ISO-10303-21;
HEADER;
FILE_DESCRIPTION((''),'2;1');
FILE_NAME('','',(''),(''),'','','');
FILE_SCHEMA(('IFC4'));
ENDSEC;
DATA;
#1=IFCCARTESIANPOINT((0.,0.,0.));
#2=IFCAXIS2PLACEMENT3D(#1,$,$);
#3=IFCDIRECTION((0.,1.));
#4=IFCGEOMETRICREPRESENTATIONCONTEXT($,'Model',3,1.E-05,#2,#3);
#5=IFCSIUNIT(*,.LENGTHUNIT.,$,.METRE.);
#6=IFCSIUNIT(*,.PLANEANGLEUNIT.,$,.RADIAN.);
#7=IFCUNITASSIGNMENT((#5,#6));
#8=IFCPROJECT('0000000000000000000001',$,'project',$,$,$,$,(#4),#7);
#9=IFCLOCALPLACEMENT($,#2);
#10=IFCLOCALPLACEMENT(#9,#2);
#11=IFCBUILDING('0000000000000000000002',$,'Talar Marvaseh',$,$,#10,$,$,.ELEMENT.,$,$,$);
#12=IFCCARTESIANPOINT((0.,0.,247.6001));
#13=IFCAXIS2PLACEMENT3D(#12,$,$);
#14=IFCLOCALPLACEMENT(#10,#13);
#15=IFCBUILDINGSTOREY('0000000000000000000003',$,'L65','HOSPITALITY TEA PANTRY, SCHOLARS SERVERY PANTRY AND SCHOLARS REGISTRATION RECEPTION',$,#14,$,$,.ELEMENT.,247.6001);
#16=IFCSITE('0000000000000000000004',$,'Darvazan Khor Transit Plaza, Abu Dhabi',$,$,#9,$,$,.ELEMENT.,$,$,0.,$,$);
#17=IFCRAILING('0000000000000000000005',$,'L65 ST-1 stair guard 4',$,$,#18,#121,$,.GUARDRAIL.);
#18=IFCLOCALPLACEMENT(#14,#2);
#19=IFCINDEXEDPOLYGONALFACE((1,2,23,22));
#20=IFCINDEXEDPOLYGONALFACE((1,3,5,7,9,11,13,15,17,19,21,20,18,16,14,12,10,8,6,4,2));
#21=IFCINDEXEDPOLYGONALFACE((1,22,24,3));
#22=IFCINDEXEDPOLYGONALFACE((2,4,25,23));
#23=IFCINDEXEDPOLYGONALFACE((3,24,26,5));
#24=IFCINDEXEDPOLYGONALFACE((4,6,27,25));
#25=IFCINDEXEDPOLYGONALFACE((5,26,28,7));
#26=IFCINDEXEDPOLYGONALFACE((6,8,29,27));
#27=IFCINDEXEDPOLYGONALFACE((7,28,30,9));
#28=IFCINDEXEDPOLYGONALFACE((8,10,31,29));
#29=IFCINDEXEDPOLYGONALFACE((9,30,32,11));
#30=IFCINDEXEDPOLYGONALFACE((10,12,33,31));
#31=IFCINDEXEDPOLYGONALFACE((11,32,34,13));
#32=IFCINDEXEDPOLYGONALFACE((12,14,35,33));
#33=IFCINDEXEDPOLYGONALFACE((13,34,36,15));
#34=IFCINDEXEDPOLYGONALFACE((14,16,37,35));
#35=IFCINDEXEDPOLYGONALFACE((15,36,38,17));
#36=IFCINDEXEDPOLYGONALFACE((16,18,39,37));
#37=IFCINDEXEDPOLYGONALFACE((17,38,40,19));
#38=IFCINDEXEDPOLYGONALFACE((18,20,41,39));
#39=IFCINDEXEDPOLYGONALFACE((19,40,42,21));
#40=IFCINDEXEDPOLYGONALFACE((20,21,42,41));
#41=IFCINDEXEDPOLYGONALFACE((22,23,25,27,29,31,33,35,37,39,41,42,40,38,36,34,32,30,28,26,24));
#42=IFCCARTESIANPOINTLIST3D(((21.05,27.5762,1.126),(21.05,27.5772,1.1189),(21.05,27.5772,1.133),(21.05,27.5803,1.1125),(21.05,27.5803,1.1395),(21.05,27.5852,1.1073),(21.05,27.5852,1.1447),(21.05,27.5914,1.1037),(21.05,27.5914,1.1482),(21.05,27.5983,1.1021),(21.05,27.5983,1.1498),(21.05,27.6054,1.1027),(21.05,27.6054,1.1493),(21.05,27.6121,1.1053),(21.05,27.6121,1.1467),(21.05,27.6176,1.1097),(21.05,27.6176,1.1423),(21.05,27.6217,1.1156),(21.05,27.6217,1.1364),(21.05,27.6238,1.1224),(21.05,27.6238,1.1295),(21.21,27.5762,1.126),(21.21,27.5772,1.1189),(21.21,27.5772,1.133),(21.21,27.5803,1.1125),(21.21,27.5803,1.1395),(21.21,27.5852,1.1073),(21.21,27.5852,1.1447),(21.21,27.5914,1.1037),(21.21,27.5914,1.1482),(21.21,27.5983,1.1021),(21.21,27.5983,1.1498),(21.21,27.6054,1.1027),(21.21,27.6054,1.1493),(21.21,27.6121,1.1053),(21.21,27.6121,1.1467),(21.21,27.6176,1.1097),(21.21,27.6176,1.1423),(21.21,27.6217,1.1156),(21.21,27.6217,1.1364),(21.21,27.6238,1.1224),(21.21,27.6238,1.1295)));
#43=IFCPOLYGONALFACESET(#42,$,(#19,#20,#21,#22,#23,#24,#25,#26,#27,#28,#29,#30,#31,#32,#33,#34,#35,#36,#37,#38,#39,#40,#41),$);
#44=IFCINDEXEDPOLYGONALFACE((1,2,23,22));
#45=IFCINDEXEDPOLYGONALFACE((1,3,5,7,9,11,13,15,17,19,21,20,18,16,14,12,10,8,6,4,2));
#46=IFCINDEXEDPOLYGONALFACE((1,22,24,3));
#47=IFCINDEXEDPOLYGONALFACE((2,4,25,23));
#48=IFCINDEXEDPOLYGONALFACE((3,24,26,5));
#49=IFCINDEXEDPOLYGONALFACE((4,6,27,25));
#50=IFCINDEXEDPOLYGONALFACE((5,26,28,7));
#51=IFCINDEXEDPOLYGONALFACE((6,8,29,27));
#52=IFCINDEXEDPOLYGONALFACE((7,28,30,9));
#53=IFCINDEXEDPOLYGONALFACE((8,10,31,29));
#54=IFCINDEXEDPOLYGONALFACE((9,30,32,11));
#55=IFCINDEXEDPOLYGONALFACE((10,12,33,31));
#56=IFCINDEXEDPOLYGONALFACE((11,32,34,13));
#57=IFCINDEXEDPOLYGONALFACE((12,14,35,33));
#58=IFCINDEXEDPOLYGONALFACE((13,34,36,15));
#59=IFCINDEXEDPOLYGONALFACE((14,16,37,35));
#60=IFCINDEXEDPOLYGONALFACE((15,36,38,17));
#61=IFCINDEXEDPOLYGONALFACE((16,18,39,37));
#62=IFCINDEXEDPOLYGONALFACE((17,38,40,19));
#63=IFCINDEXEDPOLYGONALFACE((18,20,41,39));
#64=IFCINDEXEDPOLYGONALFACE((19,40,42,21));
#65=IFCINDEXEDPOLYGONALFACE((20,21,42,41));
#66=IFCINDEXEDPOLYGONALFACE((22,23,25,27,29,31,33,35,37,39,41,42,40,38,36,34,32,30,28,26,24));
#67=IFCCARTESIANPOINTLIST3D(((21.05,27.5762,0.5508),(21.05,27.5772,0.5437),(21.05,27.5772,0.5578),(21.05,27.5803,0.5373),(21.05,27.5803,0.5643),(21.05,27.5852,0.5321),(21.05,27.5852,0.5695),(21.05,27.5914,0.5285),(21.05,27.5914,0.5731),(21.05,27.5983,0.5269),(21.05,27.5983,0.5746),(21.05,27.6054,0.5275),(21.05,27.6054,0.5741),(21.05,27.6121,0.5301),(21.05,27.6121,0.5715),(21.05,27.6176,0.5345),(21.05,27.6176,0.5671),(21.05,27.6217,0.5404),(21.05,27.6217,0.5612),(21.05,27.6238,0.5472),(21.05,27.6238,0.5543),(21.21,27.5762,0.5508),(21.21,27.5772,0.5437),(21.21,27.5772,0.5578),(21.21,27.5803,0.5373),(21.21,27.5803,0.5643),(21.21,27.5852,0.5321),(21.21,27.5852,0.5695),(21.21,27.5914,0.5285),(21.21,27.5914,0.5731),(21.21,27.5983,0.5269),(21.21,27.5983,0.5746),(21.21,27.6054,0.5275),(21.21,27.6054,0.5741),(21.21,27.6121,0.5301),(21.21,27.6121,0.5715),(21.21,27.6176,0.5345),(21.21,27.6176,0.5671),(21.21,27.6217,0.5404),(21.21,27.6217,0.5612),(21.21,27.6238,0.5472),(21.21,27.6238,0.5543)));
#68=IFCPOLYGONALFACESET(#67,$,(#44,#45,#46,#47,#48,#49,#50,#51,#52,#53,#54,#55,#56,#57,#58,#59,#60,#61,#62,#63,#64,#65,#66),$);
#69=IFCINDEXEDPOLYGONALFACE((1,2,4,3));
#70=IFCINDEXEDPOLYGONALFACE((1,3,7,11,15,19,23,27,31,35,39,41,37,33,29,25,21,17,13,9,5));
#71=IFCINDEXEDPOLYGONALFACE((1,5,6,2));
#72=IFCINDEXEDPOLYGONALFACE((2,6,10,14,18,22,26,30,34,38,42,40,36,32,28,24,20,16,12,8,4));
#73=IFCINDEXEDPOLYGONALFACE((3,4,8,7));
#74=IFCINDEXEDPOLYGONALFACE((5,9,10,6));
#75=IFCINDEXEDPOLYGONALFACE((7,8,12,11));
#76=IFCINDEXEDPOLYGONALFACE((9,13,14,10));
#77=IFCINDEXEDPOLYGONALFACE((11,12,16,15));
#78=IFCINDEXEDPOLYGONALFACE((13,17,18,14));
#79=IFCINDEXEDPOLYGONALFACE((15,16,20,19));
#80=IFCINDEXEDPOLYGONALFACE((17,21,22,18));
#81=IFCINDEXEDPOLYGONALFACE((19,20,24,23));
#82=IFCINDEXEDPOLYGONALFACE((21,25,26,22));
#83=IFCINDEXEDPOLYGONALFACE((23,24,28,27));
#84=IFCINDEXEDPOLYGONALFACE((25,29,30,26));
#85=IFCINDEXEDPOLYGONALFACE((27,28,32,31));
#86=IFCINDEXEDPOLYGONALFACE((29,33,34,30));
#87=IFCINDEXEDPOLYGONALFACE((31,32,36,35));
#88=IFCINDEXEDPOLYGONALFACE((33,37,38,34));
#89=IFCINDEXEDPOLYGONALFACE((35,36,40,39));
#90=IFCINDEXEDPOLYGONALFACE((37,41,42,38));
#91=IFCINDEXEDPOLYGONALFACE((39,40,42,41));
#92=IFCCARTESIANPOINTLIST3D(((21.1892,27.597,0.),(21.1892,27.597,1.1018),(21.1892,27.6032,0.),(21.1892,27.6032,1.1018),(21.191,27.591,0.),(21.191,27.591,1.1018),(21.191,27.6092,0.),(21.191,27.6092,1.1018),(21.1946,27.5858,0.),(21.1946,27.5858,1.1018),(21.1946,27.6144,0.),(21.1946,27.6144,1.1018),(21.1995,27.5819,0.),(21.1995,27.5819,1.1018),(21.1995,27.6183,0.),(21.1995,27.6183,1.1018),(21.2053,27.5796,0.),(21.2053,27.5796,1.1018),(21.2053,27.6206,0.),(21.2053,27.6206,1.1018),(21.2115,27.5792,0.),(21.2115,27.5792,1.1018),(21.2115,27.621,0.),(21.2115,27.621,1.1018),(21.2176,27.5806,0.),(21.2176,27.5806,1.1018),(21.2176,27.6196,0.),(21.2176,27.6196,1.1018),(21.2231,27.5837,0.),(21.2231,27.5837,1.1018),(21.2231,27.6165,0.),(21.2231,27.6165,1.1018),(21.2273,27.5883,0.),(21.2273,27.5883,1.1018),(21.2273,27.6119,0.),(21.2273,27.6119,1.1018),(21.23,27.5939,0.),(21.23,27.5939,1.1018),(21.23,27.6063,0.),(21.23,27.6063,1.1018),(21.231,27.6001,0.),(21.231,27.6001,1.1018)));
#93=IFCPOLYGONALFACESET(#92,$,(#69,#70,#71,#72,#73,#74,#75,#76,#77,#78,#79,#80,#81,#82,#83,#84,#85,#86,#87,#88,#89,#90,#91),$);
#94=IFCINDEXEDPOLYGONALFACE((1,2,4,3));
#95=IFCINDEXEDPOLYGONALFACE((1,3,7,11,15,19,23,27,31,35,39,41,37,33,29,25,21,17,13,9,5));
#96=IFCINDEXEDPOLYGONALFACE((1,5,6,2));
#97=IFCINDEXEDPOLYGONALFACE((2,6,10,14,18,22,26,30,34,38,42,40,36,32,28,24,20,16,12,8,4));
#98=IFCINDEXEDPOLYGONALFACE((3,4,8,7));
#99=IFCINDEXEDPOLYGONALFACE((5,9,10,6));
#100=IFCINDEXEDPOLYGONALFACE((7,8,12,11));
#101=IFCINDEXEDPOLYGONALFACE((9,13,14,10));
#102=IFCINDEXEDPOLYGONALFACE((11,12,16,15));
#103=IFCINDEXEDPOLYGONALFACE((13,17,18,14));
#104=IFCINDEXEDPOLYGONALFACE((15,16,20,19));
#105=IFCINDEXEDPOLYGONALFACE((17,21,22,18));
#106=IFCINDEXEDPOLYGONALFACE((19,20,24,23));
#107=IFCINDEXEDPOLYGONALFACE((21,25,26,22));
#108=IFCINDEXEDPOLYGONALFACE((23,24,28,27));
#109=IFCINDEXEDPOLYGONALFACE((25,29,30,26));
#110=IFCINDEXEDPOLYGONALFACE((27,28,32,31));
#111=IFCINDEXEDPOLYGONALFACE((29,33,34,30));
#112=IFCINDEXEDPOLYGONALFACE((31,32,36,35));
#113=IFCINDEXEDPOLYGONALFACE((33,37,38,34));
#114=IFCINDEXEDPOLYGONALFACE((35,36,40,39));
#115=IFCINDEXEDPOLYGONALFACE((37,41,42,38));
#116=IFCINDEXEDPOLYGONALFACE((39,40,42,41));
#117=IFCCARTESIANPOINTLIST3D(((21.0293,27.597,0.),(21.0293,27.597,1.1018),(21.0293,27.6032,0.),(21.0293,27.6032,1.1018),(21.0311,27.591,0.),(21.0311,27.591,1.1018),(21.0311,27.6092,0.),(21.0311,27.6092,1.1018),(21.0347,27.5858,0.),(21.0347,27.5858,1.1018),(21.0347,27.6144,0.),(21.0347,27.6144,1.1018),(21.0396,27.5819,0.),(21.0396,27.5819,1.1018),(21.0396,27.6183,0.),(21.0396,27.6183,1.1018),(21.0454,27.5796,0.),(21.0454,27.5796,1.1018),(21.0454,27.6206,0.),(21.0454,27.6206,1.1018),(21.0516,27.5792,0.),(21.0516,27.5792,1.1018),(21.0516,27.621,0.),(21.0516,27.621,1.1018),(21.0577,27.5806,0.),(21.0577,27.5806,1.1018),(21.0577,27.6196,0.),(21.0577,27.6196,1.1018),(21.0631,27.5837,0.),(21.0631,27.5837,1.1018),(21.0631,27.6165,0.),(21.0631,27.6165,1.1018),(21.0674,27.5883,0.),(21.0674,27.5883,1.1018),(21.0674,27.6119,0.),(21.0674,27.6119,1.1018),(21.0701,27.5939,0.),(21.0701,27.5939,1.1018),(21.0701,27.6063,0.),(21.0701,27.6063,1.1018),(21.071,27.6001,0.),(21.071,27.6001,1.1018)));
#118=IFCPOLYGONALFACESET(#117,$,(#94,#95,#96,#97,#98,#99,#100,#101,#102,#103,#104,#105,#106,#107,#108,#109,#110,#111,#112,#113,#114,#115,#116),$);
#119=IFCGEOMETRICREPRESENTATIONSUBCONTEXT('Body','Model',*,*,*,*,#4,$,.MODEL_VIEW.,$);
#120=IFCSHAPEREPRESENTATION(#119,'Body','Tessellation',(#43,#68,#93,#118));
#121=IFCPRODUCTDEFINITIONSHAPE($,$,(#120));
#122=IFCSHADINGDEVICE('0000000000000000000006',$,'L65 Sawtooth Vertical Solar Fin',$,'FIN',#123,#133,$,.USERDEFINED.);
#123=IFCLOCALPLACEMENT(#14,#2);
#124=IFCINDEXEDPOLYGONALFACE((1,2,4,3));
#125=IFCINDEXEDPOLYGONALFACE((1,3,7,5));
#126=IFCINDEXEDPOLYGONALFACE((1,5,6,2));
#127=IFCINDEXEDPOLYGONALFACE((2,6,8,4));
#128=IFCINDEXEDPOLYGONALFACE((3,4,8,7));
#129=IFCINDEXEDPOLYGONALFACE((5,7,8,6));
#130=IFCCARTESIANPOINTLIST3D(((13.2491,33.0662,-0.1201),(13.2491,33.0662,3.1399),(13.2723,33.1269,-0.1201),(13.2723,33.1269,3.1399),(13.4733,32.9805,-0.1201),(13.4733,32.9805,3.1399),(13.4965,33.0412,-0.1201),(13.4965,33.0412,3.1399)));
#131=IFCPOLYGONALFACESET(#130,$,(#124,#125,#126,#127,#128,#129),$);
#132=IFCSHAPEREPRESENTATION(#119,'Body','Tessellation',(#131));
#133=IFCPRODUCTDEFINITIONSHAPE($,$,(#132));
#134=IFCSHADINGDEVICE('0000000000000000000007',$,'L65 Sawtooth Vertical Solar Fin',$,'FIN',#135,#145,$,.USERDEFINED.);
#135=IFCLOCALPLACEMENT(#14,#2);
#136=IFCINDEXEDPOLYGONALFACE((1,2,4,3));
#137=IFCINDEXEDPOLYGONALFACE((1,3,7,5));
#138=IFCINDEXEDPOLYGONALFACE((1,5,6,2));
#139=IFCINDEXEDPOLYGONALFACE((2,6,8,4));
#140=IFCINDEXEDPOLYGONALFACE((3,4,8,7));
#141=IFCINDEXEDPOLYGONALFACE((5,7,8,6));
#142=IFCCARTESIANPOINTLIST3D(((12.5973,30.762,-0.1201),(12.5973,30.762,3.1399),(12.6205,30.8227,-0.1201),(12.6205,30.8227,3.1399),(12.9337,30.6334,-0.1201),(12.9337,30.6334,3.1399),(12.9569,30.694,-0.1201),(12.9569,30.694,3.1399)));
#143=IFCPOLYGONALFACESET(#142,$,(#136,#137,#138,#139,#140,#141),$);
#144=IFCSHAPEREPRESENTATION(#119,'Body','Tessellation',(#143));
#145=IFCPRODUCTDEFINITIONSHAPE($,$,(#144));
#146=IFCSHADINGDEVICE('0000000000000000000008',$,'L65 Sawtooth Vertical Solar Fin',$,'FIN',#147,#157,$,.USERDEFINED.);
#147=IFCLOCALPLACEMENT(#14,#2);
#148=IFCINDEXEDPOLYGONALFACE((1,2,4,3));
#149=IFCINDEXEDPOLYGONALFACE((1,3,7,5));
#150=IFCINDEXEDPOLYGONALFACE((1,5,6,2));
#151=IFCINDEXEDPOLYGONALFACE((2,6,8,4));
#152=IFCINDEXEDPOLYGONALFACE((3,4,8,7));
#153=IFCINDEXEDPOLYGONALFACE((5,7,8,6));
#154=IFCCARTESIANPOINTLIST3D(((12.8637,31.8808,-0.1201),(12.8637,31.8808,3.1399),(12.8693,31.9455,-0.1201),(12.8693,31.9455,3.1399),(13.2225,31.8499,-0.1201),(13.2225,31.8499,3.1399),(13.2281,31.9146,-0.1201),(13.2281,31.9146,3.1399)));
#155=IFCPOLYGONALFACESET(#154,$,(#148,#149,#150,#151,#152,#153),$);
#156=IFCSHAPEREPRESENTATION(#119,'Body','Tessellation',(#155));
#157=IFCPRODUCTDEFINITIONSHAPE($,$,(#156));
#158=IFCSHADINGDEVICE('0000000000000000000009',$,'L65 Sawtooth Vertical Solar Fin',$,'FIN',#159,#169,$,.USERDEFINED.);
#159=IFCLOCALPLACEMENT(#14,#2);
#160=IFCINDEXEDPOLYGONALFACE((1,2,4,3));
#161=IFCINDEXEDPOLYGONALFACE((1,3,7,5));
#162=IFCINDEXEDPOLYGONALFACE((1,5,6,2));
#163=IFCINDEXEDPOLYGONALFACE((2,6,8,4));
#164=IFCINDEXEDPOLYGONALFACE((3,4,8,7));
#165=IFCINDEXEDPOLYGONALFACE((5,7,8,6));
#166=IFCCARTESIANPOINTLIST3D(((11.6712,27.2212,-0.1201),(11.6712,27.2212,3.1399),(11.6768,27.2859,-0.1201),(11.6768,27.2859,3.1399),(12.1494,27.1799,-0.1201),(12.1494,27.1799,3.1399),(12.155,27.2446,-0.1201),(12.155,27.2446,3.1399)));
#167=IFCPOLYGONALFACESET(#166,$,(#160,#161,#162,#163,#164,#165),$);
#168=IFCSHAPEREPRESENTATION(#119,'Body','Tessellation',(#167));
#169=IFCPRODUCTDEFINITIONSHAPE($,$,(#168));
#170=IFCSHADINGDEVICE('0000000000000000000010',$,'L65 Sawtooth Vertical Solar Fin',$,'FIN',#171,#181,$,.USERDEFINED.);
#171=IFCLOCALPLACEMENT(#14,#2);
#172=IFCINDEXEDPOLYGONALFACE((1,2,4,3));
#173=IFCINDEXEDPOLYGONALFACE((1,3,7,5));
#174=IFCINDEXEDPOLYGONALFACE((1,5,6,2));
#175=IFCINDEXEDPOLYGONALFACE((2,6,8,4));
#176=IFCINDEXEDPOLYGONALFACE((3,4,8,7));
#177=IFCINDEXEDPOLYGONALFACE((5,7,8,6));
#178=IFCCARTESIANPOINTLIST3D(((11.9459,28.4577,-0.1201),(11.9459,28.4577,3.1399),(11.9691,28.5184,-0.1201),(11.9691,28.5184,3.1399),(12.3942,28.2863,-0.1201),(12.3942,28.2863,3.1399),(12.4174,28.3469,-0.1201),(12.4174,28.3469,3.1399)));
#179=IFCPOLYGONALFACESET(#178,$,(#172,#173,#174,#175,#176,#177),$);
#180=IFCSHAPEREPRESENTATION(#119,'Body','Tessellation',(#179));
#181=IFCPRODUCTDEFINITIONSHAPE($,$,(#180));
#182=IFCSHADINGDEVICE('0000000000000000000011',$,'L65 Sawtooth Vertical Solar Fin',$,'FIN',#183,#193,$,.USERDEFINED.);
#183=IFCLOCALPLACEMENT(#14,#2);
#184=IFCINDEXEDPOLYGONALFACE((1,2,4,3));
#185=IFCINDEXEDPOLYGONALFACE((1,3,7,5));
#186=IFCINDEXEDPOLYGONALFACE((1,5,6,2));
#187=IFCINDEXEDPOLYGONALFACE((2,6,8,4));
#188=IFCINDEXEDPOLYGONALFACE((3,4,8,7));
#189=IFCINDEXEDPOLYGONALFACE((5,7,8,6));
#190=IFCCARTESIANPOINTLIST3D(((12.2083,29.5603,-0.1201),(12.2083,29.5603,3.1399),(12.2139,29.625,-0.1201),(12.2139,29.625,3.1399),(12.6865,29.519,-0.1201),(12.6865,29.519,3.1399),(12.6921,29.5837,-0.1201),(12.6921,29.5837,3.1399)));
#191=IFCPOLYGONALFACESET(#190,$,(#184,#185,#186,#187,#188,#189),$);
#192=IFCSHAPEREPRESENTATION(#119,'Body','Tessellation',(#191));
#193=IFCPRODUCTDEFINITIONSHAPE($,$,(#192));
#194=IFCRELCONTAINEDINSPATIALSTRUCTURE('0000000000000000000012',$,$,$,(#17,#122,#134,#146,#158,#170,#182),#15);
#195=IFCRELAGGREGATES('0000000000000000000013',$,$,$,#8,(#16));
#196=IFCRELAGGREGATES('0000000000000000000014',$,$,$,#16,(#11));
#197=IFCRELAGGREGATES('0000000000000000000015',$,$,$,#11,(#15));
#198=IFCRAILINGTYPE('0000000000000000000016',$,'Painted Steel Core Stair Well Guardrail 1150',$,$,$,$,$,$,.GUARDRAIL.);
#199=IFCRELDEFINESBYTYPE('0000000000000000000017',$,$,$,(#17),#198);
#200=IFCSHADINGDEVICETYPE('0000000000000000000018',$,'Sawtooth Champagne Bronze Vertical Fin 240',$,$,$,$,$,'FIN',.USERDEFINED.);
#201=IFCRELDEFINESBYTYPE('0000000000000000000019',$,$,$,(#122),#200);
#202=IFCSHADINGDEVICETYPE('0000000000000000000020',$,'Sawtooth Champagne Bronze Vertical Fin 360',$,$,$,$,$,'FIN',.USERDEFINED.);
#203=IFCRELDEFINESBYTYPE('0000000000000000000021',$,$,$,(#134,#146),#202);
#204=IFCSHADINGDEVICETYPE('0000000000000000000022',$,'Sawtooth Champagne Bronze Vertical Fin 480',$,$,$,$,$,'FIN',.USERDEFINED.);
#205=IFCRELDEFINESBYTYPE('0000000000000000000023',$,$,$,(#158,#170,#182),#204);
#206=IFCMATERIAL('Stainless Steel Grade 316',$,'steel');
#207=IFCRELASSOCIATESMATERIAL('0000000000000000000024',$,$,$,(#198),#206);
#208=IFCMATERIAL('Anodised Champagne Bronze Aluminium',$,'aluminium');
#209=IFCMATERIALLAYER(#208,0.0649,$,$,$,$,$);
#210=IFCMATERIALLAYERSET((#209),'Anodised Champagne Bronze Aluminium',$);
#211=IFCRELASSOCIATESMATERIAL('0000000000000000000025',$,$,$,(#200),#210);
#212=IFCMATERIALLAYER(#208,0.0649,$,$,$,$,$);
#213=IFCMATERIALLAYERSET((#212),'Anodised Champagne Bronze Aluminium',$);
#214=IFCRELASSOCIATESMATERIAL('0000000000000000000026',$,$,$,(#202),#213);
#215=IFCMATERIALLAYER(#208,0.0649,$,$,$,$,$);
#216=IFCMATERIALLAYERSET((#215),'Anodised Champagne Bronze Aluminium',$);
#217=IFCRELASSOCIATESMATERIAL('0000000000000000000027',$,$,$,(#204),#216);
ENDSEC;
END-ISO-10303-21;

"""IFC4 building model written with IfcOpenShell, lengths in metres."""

from ifc_helpers import new_model, si_unit, direction, frame, origin, origin_2d, place, context, subcontext, project, spatial, rectangle, circle, extrude, source, transform, mapped, material, layer, layer_set, type_object, type_shapes, element, save


model = new_model("IFC4")

# Units and contexts
model_context = context("Model", 3, precision=1e-05, world=origin(), true_north=direction((0.0, 1.0)))
body_context = subcontext(model_context, "Body", "Model", "MODEL_VIEW")
ifc_project = project(units=[si_unit("LENGTHUNIT", "METRE"), si_unit("PLANEANGLEUNIT", "RADIAN")], contexts=[model_context])

# Site, building, storey
site_placement = place(None, origin())
site = spatial("IfcSite", under=ifc_project, at=site_placement, Name="Darvazan Khor Transit Plaza, Abu Dhabi", CompositionType="ELEMENT", RefElevation=0.0)
building_placement = place(site_placement, origin())
building = spatial("IfcBuilding", under=site, at=building_placement, Name="Talar Marvaseh", CompositionType="ELEMENT")
storey_placement = place(building_placement, frame((0.0, 0.0, 247.6001)))
storey = spatial("IfcBuildingStorey", under=building, at=storey_placement, Name="L65", Description="HOSPITALITY TEA PANTRY, SCHOLARS SERVERY PANTRY AND SCHOLARS REGISTRATION RECEPTION", CompositionType="ELEMENT", Elevation=247.6001)

# Railing
ifc_material_1 = material(Name="Stainless Steel Grade 316", Category="steel")
railing_type_1 = type_object("IfcRailingType", Name="Painted Steel Core Stair Well Guardrail 1150", PredefinedType="GUARDRAIL", material=ifc_material_1)
railing_1_placement = place(storey_placement, frame((21.21, 27.6001, 0.0)))
element("IfcRailing", 1, at=railing_1_placement, inside=storey, type_object=railing_type_1, Name="L65 ST-1 stair guard 4", PredefinedType="GUARDRAIL", context=body_context, shape_type="SweptSolid", body=[
    extrude(circle(Radius=0.0239, at=origin_2d()), frame((0.0, 0.0, 1.126), z_axis=(-1.0, 0.0, 0.0), x_axis=(0.0, -1.0, 0.0)), (0.0, 0.0, 1.0), 0.1599),
    extrude(circle(Radius=0.0239, at=origin_2d()), frame((0.0, 0.0, 0.5508), z_axis=(-1.0, 0.0, 0.0), x_axis=(0.0, -1.0, 0.0)), (0.0, 0.0, 1.0), 0.1599),
    extrude(circle(Radius=0.021, at=origin_2d()), origin(), (0.0, 0.0, 1.0), 1.1018),
    extrude(circle(Radius=0.021, at=origin_2d()), frame((-0.1599, 0.0, 0.0)), (0.0, 0.0, 1.0), 1.1018),
])

# Shading devices
ifc_material_2 = material(Name="Anodised Champagne Bronze Aluminium", Category="aluminium")
ifc_layer_1 = layer(ifc_material_2, 0.0649)
ifc_layer_set_1 = layer_set([ifc_layer_1], Name="Anodised Champagne Bronze Aluminium")
shading_device_type_1 = type_object("IfcShadingDeviceType", Name="Sawtooth Champagne Bronze Vertical Fin 240", ElementType="FIN", PredefinedType="USERDEFINED", material=ifc_layer_set_1)
shared_shape_1 = source(origin(), body_context, "Body", "SweptSolid", [
    extrude(rectangle(XDim=0.24, YDim=0.0649, at=origin_2d()), origin(), (0.0, 0.0, 1.0), 3.26),
])
type_shapes(shading_device_type_1, [shared_shape_1])
shading_device_placement = place(storey_placement, frame((13.3728, 33.0537, -0.1201), z_axis=(0.0, 0.0, 1.0), x_axis=(-0.934018, 0.357227, 0.0)))
element("IfcShadingDevice", 2, at=shading_device_placement, inside=storey, type_object=shading_device_type_1, Name="L65 Sawtooth Vertical Solar Fin", ObjectType="FIN", PredefinedType="USERDEFINED", context=body_context, shape_type="MappedRepresentation", body=[
    mapped(shared_shape_1, transform((0.0, 0.0, 0.0), x_axis=(1.0, 0.0, 0.0), y_axis=(0.0, 1.0, 0.0), z_axis=(0.0, 0.0, 1.0), scale=1.0)),
])
ifc_layer_2 = layer(ifc_material_2, 0.0649)
ifc_layer_set_2 = layer_set([ifc_layer_2], Name="Anodised Champagne Bronze Aluminium")
shading_device_type_2 = type_object("IfcShadingDeviceType", Name="Sawtooth Champagne Bronze Vertical Fin 360", ElementType="FIN", PredefinedType="USERDEFINED", material=ifc_layer_set_2)
shared_shape_2 = source(origin(), body_context, "Body", "SweptSolid", [
    extrude(rectangle(XDim=0.3601, YDim=0.0649, at=origin_2d()), origin(), (0.0, 0.0, 1.0), 3.26),
])
type_shapes(shading_device_type_2, [shared_shape_2])
for number, where, z_axis, x_axis, name in (
    (3, (12.7771, 30.728, -0.1201), (0.0, 0.0, 1.0), (-0.934018, 0.357227, 0.0), "L65 Sawtooth Vertical Solar Fin"),
    (4, (13.0459, 31.8977, -0.1201), (0.0, 0.0, 1.0), (-0.9963, 0.085939, 0.0), "L65 Sawtooth Vertical Solar Fin"),
):
    element("IfcShadingDevice", number, at=place(storey_placement, frame(where, z_axis=z_axis, x_axis=x_axis)), inside=storey, type_object=shading_device_type_2, Name=name, ObjectType="FIN", PredefinedType="USERDEFINED", context=body_context, shape_type="MappedRepresentation", body=[
        mapped(shared_shape_2, transform((0.0, 0.0, 0.0), x_axis=(1.0, 0.0, 0.0), y_axis=(0.0, 1.0, 0.0), z_axis=(0.0, 0.0, 1.0), scale=1.0)),
    ])
ifc_layer_3 = layer(ifc_material_2, 0.0649)
ifc_layer_set_3 = layer_set([ifc_layer_3], Name="Anodised Champagne Bronze Aluminium")
shading_device_type_3 = type_object("IfcShadingDeviceType", Name="Sawtooth Champagne Bronze Vertical Fin 480", ElementType="FIN", PredefinedType="USERDEFINED", material=ifc_layer_set_3)
shared_shape_3 = source(origin(), body_context, "Body", "SweptSolid", [
    extrude(rectangle(XDim=0.48, YDim=0.0649, at=origin_2d()), origin(), (0.0, 0.0, 1.0), 3.26),
])
type_shapes(shading_device_type_3, [shared_shape_3])
for number, where, z_axis, x_axis, name in (
    (5, (11.9131, 27.2329, -0.1201), (0.0, 0.0, 1.0), (-0.9963, 0.085939, 0.0), "L65 Sawtooth Vertical Solar Fin"),
    (6, (12.1816, 28.4023, -0.1201), (0.0, 0.0, 1.0), (-0.934018, 0.357227, 0.0), "L65 Sawtooth Vertical Solar Fin"),
    (7, (12.4502, 29.572, -0.1201), (0.0, 0.0, 1.0), (-0.9963, 0.085939, 0.0), "L65 Sawtooth Vertical Solar Fin"),
):
    element("IfcShadingDevice", number, at=place(storey_placement, frame(where, z_axis=z_axis, x_axis=x_axis)), inside=storey, type_object=shading_device_type_3, Name=name, ObjectType="FIN", PredefinedType="USERDEFINED", context=body_context, shape_type="MappedRepresentation", body=[
        mapped(shared_shape_3, transform((0.0, 0.0, 0.0), x_axis=(1.0, 0.0, 0.0), y_axis=(0.0, 1.0, 0.0), z_axis=(0.0, 0.0, 1.0), scale=1.0)),
    ])

save(model, "model.ifc")
